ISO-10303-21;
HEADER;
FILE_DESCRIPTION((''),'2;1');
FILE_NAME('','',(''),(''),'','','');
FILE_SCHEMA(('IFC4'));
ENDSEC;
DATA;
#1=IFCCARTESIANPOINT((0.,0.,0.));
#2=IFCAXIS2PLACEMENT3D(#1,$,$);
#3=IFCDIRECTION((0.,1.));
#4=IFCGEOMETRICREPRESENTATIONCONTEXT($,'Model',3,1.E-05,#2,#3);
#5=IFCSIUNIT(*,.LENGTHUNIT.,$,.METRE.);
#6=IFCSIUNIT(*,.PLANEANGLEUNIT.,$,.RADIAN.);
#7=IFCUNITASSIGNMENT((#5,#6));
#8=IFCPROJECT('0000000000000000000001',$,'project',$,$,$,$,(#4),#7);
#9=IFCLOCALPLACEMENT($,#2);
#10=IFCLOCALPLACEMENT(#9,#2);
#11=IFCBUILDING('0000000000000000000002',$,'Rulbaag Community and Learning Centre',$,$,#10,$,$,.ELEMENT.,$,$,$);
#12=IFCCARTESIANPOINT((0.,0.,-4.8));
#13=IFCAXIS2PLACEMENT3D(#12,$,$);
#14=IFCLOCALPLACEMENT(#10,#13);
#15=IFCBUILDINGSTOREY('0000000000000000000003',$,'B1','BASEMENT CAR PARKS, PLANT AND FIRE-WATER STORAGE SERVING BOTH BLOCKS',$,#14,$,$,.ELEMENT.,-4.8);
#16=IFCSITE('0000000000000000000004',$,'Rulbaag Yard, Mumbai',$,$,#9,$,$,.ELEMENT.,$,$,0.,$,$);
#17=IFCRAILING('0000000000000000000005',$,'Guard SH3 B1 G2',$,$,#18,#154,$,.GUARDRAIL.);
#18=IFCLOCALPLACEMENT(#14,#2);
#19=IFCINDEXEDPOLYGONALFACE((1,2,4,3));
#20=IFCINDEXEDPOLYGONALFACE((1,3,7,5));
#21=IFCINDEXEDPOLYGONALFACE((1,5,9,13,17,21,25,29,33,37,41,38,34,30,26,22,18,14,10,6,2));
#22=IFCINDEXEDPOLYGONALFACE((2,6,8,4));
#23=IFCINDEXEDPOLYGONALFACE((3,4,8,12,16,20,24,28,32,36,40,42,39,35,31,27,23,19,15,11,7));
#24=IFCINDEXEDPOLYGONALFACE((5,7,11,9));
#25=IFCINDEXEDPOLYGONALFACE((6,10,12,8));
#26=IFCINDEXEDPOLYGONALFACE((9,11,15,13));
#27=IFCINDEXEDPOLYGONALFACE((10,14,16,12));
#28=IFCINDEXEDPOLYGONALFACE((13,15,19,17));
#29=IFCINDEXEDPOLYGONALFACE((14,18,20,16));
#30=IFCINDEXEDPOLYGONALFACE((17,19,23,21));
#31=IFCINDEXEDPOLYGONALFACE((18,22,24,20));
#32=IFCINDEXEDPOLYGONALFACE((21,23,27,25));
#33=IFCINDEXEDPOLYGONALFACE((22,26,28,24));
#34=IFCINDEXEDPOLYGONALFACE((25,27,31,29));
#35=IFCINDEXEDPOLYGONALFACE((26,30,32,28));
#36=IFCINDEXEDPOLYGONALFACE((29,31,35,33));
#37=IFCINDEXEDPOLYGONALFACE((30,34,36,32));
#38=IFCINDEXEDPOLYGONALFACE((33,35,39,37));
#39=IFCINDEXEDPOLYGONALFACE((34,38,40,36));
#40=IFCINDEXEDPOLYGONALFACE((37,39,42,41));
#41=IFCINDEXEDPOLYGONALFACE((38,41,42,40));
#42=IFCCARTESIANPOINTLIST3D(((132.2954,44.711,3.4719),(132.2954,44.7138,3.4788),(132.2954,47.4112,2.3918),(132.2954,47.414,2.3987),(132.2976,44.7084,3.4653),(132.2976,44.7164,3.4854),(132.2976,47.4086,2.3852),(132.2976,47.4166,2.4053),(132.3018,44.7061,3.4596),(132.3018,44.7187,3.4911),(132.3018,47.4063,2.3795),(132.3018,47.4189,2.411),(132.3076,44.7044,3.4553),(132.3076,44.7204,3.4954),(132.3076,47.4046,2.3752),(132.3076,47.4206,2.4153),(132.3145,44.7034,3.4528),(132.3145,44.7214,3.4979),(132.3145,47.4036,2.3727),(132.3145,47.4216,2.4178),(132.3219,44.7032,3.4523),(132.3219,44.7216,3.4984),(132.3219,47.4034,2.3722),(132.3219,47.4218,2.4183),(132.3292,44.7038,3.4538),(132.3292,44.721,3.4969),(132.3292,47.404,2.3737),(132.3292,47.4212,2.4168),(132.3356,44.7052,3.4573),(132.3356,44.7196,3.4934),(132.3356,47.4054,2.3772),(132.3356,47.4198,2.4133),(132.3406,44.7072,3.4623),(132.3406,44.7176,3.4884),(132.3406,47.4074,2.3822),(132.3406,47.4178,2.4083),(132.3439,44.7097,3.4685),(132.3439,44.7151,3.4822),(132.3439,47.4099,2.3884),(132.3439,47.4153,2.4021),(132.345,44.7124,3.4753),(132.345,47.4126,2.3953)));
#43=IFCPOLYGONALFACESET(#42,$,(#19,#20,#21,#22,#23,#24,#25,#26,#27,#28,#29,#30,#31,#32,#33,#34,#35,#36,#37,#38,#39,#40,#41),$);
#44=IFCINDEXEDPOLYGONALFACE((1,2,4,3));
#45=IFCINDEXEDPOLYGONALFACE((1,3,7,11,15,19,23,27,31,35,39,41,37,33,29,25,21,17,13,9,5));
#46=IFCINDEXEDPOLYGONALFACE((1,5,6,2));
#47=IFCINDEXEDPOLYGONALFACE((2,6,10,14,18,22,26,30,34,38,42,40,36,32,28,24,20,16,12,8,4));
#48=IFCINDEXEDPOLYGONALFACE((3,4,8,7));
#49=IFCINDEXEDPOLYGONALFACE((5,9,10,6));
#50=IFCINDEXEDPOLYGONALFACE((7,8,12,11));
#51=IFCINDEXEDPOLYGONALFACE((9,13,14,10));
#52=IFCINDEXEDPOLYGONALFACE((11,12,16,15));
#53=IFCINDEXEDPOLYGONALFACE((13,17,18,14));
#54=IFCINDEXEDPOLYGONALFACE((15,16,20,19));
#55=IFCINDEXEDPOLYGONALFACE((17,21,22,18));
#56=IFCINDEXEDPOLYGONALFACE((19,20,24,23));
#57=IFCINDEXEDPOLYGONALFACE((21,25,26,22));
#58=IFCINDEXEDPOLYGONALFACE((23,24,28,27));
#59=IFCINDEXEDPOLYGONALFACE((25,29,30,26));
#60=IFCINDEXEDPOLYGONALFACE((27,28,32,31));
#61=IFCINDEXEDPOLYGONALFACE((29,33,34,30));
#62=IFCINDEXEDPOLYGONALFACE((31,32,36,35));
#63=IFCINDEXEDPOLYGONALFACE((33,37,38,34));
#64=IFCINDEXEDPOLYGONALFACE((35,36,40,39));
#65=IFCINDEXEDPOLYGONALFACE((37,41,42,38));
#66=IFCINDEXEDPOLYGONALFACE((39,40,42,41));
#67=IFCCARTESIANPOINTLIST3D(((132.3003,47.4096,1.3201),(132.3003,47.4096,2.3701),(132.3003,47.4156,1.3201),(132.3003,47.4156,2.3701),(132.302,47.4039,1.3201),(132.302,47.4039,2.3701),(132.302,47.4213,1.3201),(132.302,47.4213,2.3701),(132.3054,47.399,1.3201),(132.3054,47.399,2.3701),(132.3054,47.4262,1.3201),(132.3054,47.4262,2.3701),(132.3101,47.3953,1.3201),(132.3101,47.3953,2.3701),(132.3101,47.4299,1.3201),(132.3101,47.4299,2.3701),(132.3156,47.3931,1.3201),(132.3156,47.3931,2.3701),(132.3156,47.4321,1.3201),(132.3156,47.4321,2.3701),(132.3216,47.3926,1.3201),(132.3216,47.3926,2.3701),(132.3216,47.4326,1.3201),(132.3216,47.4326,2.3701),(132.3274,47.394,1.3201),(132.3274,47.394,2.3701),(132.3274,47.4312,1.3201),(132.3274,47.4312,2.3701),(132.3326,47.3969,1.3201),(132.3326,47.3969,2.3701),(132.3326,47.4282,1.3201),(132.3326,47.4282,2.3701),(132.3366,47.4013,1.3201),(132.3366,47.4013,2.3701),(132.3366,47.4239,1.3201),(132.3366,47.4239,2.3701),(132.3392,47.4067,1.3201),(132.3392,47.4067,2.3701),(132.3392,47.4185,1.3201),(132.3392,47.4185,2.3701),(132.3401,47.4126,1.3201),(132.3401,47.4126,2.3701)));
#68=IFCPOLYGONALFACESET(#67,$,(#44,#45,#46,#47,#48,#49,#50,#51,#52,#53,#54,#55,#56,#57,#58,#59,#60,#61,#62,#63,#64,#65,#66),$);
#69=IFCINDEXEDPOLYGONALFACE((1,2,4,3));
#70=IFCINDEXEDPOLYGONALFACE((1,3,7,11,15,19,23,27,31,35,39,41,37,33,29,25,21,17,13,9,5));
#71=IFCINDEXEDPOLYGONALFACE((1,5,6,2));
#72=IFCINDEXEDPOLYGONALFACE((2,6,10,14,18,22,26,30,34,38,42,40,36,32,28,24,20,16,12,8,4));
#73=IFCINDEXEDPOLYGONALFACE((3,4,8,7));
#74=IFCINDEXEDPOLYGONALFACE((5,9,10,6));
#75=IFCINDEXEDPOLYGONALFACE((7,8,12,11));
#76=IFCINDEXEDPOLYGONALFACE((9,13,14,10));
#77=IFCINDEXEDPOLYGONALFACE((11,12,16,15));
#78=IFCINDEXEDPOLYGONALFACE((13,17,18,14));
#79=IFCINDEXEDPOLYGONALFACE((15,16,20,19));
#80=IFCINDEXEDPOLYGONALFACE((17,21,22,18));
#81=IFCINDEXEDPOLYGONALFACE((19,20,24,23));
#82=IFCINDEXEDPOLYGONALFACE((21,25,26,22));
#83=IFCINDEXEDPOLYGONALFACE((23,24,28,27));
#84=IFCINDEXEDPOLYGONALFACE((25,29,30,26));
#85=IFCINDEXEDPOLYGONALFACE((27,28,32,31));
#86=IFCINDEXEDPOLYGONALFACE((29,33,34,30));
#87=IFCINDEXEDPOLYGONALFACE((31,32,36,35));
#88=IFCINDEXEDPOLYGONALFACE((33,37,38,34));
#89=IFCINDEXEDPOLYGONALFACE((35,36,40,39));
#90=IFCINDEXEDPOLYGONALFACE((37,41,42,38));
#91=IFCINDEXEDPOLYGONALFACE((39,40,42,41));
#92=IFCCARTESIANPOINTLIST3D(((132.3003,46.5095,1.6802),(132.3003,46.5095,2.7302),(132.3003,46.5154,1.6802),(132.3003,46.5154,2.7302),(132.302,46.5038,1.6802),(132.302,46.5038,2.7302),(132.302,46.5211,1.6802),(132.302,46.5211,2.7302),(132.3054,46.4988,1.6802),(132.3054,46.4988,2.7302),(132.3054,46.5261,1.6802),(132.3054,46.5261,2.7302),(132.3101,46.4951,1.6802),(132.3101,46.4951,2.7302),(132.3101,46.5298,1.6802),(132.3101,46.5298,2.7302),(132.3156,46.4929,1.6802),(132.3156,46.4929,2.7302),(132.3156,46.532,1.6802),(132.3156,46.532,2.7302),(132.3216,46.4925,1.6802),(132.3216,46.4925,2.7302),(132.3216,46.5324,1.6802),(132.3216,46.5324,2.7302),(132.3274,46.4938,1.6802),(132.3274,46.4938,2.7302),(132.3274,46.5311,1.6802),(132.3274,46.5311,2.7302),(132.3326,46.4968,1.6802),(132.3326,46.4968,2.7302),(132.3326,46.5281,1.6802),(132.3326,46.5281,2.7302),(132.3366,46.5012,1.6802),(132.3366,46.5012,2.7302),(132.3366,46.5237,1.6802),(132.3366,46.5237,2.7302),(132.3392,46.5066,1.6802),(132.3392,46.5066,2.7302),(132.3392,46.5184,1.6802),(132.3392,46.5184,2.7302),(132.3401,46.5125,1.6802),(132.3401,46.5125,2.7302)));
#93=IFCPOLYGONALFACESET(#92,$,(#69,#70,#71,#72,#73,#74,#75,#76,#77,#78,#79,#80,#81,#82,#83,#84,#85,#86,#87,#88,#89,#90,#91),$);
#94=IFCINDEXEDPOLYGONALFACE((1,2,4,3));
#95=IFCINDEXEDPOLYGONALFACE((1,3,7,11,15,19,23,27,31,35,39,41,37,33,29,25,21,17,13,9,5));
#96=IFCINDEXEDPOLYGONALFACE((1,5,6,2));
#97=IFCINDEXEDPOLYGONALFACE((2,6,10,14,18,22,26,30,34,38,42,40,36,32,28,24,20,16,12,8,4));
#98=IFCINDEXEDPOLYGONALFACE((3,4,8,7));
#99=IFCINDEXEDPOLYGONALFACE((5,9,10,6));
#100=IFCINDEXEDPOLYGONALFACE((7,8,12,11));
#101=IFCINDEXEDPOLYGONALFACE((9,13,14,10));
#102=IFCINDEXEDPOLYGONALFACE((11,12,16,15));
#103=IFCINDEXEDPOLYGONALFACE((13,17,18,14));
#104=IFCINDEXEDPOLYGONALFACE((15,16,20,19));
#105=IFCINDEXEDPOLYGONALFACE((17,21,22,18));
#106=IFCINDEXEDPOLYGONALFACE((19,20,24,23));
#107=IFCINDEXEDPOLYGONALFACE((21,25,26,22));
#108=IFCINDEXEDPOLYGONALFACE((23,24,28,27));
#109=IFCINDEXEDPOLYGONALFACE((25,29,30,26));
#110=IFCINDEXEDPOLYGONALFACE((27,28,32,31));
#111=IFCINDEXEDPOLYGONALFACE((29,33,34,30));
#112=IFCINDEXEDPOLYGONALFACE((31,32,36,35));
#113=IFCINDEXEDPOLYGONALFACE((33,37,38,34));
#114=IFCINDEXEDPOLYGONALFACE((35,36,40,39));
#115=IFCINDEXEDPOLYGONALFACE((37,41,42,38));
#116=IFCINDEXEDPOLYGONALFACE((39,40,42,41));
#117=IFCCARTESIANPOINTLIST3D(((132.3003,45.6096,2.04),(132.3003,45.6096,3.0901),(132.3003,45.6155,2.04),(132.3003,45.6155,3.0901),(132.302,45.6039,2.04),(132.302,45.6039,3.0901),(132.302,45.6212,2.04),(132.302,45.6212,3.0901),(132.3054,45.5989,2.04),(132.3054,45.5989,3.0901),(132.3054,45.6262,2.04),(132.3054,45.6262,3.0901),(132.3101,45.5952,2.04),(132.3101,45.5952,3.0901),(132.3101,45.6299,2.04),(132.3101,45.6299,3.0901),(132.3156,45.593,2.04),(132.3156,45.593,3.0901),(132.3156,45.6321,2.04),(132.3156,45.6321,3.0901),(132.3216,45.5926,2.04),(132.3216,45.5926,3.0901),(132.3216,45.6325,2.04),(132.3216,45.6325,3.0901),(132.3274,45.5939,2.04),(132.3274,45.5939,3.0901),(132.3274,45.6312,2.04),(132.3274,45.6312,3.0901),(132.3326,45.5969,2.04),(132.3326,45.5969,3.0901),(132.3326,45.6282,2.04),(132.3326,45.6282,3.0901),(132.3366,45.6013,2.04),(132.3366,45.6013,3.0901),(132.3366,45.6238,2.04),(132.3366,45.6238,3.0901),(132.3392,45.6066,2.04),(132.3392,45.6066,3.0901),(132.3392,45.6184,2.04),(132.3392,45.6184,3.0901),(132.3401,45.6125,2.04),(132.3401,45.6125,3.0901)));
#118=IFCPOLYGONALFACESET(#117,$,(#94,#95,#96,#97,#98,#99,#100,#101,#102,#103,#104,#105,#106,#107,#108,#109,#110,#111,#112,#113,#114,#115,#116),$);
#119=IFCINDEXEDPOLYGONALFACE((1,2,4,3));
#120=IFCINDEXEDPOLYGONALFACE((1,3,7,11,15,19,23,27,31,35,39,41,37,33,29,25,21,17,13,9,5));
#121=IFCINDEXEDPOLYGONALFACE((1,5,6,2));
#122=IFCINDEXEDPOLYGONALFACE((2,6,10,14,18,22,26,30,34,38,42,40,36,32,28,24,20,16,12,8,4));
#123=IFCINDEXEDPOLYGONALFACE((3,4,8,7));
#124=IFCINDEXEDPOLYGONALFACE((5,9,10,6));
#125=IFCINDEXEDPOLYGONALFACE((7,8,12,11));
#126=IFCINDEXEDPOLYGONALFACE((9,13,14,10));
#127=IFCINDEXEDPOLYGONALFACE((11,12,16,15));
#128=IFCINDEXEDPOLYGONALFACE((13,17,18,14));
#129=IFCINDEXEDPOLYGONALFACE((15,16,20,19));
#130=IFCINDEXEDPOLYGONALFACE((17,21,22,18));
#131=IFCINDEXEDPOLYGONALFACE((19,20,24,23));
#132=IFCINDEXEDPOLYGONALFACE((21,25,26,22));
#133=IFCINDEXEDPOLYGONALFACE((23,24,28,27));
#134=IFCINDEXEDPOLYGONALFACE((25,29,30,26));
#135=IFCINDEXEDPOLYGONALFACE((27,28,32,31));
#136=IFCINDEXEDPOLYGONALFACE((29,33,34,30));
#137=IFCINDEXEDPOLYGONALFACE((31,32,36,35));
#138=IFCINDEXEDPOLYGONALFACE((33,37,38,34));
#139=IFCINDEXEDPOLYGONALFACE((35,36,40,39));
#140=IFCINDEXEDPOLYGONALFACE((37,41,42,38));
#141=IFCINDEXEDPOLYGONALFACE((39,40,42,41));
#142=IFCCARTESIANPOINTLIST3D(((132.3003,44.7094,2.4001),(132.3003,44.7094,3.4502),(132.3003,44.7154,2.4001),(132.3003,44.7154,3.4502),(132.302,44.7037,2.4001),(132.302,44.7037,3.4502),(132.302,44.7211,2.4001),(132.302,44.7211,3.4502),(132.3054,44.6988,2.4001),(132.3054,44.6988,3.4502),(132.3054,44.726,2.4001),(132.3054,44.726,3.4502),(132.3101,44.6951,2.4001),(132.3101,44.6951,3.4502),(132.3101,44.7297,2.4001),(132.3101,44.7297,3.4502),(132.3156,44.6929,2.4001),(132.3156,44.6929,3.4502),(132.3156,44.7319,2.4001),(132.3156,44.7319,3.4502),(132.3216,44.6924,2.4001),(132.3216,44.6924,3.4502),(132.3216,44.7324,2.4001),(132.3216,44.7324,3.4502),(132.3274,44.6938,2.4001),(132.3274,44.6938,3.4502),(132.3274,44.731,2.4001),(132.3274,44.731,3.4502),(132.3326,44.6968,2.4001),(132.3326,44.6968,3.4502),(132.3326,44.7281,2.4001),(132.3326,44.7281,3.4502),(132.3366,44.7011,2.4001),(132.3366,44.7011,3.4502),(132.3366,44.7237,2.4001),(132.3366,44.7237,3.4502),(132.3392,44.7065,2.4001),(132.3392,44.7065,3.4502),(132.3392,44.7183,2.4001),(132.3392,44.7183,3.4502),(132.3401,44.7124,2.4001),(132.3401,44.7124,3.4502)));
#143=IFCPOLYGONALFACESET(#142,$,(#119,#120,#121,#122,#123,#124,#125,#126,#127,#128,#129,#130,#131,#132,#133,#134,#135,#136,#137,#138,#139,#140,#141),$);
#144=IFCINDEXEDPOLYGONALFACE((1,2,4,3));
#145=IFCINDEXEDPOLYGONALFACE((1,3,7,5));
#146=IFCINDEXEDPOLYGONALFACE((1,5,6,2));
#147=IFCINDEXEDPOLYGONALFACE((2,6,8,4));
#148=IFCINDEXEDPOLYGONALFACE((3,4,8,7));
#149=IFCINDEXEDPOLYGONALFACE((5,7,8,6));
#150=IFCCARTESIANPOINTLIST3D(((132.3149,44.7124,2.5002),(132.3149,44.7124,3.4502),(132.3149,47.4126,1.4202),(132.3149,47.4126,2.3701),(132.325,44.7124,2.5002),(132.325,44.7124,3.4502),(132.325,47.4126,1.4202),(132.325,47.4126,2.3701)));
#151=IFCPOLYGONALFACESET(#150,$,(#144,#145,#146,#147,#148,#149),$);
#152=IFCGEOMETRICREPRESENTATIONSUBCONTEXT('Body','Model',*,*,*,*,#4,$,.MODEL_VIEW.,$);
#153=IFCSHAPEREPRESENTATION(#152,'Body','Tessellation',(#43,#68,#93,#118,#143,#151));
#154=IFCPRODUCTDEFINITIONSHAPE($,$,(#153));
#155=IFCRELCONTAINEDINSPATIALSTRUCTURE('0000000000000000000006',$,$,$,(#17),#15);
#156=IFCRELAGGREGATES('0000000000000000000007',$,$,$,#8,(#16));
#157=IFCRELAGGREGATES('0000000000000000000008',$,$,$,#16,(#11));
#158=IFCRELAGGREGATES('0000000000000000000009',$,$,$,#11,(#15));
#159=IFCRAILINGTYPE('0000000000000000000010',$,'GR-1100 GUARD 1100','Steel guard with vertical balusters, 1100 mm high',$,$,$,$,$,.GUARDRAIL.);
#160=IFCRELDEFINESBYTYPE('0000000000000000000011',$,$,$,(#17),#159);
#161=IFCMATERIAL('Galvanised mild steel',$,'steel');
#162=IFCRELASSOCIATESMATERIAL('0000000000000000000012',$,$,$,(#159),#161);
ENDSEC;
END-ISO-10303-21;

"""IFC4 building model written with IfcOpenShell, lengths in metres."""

from ifc_helpers import new_model, si_unit, direction, frame, origin, origin_2d, place, context, subcontext, project, spatial, polyline, circle, outline, extrude, material, type_object, element, save


model = new_model("IFC4")

# Units and contexts
model_context = context("Model", 3, precision=1e-05, world=origin(), true_north=direction((0.0, 1.0)))
body_context = subcontext(model_context, "Body", "Model", "MODEL_VIEW")
ifc_project = project(units=[si_unit("LENGTHUNIT", "METRE"), si_unit("PLANEANGLEUNIT", "RADIAN")], contexts=[model_context])

# Site, building, storey
site_placement = place(None, origin())
site = spatial("IfcSite", under=ifc_project, at=site_placement, Name="Rulbaag Yard, Mumbai", CompositionType="ELEMENT", RefElevation=0.0)
building_placement = place(site_placement, origin())
building = spatial("IfcBuilding", under=site, at=building_placement, Name="Rulbaag Community and Learning Centre", CompositionType="ELEMENT")
storey_placement = place(building_placement, frame((0.0, 0.0, -4.8)))
storey = spatial("IfcBuildingStorey", under=building, at=storey_placement, Name="B1", Description="BASEMENT CAR PARKS, PLANT AND FIRE-WATER STORAGE SERVING BOTH BLOCKS", CompositionType="ELEMENT", Elevation=-4.8)

# Railing
ifc_material_1 = material(Name="Galvanised mild steel", Category="steel")
railing_type_1 = type_object("IfcRailingType", Name="GR-1100 GUARD 1100", Description="Steel guard with vertical balusters, 1100 mm high", PredefinedType="GUARDRAIL", material=ifc_material_1)
railing_1_placement = place(storey_placement, frame((132.3201, 47.4126, 1.3201)))
element("IfcRailing", 1, at=railing_1_placement, inside=storey, type_object=railing_type_1, Name="Guard SH3 B1 G2", PredefinedType="GUARDRAIL", context=body_context, shape_type="SweptSolid", body=[
    extrude(circle(Radius=0.0249, at=origin_2d()), frame((0.0, 0.0, 1.0752), z_axis=(0.0, -0.928477, 0.371391), x_axis=(1.0, 0.0, 0.0)), (0.0, 0.0, 1.0), 2.9082),
    extrude(circle(Radius=0.02, at=origin_2d()), origin(), (0.0, 0.0, 1.0), 1.05),
    extrude(circle(Radius=0.02, at=origin_2d()), frame((0.0, -0.9001, 0.3601)), (0.0, 0.0, 1.0), 1.05),
    extrude(circle(Radius=0.02, at=origin_2d()), frame((0.0, -1.8, 0.72)), (0.0, 0.0, 1.0), 1.05),
    extrude(circle(Radius=0.02, at=origin_2d()), frame((0.0, -2.7002, 1.0801)), (0.0, 0.0, 1.0), 1.05),
    extrude(outline(polyline([(0.0, 0.0), (2.7002, 1.0801), (2.7002, 2.03), (0.0, 0.95), (0.0, 0.0)])), frame((0.0049, 0.0, 0.1001), z_axis=(-1.0, 0.0, 0.0), x_axis=(0.0, -1.0, 0.0)), (0.0, 0.0, 1.0), 0.01),
])

save(model, "model.ifc")
